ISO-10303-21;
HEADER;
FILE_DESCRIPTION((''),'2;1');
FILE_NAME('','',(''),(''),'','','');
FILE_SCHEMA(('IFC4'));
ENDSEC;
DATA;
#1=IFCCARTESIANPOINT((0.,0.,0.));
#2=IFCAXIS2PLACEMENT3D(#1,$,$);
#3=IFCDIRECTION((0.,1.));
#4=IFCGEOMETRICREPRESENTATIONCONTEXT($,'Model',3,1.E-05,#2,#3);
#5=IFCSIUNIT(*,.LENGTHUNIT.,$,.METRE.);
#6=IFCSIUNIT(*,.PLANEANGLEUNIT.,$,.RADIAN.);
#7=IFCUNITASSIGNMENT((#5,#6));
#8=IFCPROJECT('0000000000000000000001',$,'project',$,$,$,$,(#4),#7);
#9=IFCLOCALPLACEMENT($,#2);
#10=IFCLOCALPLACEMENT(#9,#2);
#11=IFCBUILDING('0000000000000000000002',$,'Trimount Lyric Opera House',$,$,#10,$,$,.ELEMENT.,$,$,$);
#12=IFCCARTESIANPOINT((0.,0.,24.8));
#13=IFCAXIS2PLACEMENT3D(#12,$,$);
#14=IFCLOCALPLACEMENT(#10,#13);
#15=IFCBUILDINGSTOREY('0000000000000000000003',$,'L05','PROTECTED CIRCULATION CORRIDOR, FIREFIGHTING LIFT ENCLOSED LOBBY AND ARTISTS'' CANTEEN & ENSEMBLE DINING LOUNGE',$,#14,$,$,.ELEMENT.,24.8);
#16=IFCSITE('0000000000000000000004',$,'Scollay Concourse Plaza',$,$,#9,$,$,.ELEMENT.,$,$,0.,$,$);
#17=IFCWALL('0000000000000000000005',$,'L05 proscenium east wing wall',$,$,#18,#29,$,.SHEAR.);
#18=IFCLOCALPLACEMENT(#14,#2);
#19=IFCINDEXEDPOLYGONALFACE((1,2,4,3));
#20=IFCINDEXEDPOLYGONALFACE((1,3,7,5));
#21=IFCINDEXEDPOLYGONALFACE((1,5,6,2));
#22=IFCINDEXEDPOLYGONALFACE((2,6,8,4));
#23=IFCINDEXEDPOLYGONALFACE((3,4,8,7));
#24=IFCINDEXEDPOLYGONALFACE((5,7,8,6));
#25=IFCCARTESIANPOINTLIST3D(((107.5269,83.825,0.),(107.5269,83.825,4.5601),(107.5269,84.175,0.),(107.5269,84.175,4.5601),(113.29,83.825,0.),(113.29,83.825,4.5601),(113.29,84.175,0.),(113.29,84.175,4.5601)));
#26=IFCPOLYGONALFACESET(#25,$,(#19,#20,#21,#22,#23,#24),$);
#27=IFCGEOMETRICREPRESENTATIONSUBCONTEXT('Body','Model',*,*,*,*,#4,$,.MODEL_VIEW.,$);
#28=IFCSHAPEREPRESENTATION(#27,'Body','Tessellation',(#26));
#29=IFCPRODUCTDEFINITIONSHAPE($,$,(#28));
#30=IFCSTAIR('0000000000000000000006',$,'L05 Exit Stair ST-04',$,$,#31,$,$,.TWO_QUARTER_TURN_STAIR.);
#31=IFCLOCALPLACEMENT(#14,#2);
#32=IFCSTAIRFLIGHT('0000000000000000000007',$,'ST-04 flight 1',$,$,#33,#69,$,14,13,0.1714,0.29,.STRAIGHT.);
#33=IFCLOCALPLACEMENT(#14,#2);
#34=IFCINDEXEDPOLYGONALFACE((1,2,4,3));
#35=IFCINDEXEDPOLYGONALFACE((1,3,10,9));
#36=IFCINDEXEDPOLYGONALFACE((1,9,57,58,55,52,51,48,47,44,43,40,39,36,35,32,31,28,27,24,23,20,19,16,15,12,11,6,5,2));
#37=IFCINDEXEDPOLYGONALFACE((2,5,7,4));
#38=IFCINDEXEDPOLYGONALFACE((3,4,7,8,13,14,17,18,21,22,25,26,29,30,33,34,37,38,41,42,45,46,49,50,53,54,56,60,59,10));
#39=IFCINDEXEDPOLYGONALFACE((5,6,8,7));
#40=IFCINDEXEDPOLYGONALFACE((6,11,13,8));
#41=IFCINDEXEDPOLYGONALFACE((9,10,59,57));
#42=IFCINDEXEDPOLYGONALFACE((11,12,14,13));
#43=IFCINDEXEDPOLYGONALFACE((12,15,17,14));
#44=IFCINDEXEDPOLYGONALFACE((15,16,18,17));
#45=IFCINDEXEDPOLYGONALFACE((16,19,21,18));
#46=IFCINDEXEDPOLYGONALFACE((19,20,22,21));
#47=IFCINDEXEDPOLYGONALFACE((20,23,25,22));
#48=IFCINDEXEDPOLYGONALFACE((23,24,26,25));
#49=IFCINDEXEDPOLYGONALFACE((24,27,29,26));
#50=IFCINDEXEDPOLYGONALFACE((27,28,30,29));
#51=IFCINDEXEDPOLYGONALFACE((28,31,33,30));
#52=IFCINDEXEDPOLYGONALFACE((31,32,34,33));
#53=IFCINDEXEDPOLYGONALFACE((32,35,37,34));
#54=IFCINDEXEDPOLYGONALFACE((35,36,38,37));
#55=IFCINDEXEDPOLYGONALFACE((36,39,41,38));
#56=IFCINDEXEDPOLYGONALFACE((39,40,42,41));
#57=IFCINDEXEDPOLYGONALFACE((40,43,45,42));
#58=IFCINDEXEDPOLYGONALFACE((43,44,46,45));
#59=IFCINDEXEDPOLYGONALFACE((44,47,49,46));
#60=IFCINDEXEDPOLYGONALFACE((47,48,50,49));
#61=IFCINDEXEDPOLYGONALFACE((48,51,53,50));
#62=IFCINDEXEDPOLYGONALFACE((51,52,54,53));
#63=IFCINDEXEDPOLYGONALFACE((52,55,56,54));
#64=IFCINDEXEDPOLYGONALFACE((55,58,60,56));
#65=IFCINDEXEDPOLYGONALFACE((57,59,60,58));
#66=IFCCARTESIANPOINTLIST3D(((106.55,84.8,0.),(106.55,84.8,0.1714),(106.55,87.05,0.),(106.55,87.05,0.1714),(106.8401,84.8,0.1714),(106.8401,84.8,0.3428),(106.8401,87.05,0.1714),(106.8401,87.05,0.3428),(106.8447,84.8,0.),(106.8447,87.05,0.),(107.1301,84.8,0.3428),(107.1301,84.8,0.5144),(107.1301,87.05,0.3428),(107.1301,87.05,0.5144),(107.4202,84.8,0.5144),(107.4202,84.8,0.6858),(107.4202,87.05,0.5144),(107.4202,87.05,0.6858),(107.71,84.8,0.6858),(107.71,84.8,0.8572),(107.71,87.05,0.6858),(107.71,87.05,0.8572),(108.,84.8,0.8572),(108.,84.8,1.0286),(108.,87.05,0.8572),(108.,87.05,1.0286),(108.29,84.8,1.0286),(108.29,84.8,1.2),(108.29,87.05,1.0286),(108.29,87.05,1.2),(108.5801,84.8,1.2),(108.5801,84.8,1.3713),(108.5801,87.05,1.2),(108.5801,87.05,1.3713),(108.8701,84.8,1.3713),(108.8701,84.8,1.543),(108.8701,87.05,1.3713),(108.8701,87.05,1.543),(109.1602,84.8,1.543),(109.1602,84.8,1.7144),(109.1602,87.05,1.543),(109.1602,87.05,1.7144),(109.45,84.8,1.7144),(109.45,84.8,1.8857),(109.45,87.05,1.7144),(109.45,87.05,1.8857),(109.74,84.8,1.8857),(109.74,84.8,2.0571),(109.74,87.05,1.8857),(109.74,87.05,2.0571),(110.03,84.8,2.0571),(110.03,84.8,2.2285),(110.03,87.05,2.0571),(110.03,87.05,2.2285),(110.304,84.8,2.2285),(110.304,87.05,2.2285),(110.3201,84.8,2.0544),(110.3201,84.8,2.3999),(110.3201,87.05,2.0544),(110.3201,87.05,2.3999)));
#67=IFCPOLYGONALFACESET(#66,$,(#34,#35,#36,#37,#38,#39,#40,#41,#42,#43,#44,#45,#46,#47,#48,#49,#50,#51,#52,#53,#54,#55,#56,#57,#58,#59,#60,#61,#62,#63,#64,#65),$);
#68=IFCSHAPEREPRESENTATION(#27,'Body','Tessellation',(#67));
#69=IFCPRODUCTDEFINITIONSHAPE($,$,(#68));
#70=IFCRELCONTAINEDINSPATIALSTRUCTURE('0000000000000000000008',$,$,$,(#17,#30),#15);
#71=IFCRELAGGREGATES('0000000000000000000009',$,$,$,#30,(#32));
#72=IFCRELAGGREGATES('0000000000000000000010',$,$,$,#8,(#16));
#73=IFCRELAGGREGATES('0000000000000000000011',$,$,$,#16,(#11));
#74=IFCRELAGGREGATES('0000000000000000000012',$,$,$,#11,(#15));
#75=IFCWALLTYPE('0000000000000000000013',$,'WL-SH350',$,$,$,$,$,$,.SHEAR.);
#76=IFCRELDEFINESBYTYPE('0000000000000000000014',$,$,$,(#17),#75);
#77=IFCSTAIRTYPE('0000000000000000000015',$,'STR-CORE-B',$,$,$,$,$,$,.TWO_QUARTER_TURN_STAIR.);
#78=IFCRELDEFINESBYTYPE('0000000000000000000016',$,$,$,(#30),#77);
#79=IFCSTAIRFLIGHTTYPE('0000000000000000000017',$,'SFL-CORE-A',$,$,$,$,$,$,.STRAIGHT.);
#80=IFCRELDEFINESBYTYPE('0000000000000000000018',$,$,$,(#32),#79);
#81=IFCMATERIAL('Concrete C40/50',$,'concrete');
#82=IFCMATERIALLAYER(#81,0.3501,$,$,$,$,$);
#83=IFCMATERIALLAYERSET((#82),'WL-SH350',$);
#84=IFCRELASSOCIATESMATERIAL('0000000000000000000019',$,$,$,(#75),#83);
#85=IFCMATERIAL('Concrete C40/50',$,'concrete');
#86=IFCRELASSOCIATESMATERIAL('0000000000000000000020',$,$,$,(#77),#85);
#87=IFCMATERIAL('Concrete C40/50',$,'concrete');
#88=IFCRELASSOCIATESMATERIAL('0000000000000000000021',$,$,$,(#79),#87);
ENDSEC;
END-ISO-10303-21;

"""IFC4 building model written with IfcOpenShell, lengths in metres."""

from ifc_helpers import new_model, si_unit, direction, frame, frame_2d, origin, place, context, subcontext, project, spatial, polyline, rectangle, outline, extrude, material, layer, layer_set, type_object, element, aggregate, save


model = new_model("IFC4")

# Units and contexts
model_context = context("Model", 3, precision=1e-05, world=origin(), true_north=direction((0.0, 1.0)))
body_context = subcontext(model_context, "Body", "Model", "MODEL_VIEW")
ifc_project = project(units=[si_unit("LENGTHUNIT", "METRE"), si_unit("PLANEANGLEUNIT", "RADIAN")], contexts=[model_context])

# Site, building, storey
site_placement = place(None, origin())
site = spatial("IfcSite", under=ifc_project, at=site_placement, Name="Scollay Concourse Plaza", CompositionType="ELEMENT", RefElevation=0.0)
building_placement = place(site_placement, origin())
building = spatial("IfcBuilding", under=site, at=building_placement, Name="Trimount Lyric Opera House", CompositionType="ELEMENT")
storey_placement = place(building_placement, frame((0.0, 0.0, 24.8)))
storey = spatial("IfcBuildingStorey", under=building, at=storey_placement, Name="L05", Description="PROTECTED CIRCULATION CORRIDOR, FIREFIGHTING LIFT ENCLOSED LOBBY AND ARTISTS' CANTEEN & ENSEMBLE DINING LOUNGE", CompositionType="ELEMENT", Elevation=24.8)

# Wall
ifc_material_1 = material(Name="Concrete C40/50", Category="concrete")
ifc_layer_1 = layer(ifc_material_1, 0.3501)
ifc_layer_set_1 = layer_set([ifc_layer_1], Name="WL-SH350")
wall_type_1 = type_object("IfcWallType", Name="WL-SH350", PredefinedType="SHEAR", material=ifc_layer_set_1)
wall_1_placement = place(storey_placement, frame((107.5269, 84.0, 0.0), z_axis=(0.0, 0.0, 1.0), x_axis=(1.0, 0.0, 0.0)))
element("IfcWall", 1, at=wall_1_placement, inside=storey, type_object=wall_type_1, Name="L05 proscenium east wing wall", PredefinedType="SHEAR", context=body_context, shape_type="SweptSolid", body=[
    extrude(rectangle(XDim=5.7632, YDim=0.3501, at=frame_2d((2.8816, 0.0))), origin(), (0.0, 0.0, 1.0), 4.5601),
])

# Stair, stair flight
ifc_material_2 = material(Name="Concrete C40/50", Category="concrete")
stair_type = type_object("IfcStairType", Name="STR-CORE-B", PredefinedType="TWO_QUARTER_TURN_STAIR", material=ifc_material_2)
stair_placement = place(storey_placement, origin())
stair = element("IfcStair", 2, at=stair_placement, inside=storey, type_object=stair_type, Name="L05 Exit Stair ST-04", PredefinedType="TWO_QUARTER_TURN_STAIR")
ifc_material_3 = material(Name="Concrete C40/50", Category="concrete")
stair_flight_type = type_object("IfcStairFlightType", Name="SFL-CORE-A", PredefinedType="STRAIGHT", material=ifc_material_3)
stair_flight_placement = place(storey_placement, frame((106.55, 85.925, 0.0), z_axis=(0.0, 0.0, 1.0), x_axis=(1.0, 0.0, 0.0)))
stair_flight = element("IfcStairFlight", 3, at=stair_flight_placement, type_object=stair_flight_type, Name="ST-04 flight 1", NumberOfRisers=14, NumberOfTreads=13, PredefinedType="STRAIGHT", RiserHeight=0.1714, TreadLength=0.29, context=body_context, shape_type="SweptSolid", body=[
    extrude(outline(polyline([(0.0, 0.0), (0.0, 0.1714), (0.29, 0.1714), (0.29, 0.3428), (0.5801, 0.3428), (0.5801, 0.5144), (0.8701, 0.5144), (0.8701, 0.6858), (1.1599, 0.6858), (1.1599, 0.8572), (1.45, 0.8572), (1.45, 1.0286), (1.74, 1.0286), (1.74, 1.2), (2.03, 1.2), (2.03, 1.3713), (2.3201, 1.3713), (2.3201, 1.543), (2.6101, 1.543), (2.6101, 1.7144), (2.8999, 1.7144), (2.8999, 1.8857), (3.1899, 1.8857), (3.1899, 2.0571), (3.48, 2.0571), (3.48, 2.2285), (3.7539, 2.2285), (3.77, 2.3999), (3.77, 2.0544), (0.2947, 0.0), (0.0, 0.0)])), frame((0.0, 1.125, 0.0), z_axis=(0.0, -1.0, 0.0), x_axis=(1.0, 0.0, 0.0)), (0.0, 0.0, 1.0), 2.25),
])
aggregate(stair, [stair_flight])

save(model, "model.ifc")
